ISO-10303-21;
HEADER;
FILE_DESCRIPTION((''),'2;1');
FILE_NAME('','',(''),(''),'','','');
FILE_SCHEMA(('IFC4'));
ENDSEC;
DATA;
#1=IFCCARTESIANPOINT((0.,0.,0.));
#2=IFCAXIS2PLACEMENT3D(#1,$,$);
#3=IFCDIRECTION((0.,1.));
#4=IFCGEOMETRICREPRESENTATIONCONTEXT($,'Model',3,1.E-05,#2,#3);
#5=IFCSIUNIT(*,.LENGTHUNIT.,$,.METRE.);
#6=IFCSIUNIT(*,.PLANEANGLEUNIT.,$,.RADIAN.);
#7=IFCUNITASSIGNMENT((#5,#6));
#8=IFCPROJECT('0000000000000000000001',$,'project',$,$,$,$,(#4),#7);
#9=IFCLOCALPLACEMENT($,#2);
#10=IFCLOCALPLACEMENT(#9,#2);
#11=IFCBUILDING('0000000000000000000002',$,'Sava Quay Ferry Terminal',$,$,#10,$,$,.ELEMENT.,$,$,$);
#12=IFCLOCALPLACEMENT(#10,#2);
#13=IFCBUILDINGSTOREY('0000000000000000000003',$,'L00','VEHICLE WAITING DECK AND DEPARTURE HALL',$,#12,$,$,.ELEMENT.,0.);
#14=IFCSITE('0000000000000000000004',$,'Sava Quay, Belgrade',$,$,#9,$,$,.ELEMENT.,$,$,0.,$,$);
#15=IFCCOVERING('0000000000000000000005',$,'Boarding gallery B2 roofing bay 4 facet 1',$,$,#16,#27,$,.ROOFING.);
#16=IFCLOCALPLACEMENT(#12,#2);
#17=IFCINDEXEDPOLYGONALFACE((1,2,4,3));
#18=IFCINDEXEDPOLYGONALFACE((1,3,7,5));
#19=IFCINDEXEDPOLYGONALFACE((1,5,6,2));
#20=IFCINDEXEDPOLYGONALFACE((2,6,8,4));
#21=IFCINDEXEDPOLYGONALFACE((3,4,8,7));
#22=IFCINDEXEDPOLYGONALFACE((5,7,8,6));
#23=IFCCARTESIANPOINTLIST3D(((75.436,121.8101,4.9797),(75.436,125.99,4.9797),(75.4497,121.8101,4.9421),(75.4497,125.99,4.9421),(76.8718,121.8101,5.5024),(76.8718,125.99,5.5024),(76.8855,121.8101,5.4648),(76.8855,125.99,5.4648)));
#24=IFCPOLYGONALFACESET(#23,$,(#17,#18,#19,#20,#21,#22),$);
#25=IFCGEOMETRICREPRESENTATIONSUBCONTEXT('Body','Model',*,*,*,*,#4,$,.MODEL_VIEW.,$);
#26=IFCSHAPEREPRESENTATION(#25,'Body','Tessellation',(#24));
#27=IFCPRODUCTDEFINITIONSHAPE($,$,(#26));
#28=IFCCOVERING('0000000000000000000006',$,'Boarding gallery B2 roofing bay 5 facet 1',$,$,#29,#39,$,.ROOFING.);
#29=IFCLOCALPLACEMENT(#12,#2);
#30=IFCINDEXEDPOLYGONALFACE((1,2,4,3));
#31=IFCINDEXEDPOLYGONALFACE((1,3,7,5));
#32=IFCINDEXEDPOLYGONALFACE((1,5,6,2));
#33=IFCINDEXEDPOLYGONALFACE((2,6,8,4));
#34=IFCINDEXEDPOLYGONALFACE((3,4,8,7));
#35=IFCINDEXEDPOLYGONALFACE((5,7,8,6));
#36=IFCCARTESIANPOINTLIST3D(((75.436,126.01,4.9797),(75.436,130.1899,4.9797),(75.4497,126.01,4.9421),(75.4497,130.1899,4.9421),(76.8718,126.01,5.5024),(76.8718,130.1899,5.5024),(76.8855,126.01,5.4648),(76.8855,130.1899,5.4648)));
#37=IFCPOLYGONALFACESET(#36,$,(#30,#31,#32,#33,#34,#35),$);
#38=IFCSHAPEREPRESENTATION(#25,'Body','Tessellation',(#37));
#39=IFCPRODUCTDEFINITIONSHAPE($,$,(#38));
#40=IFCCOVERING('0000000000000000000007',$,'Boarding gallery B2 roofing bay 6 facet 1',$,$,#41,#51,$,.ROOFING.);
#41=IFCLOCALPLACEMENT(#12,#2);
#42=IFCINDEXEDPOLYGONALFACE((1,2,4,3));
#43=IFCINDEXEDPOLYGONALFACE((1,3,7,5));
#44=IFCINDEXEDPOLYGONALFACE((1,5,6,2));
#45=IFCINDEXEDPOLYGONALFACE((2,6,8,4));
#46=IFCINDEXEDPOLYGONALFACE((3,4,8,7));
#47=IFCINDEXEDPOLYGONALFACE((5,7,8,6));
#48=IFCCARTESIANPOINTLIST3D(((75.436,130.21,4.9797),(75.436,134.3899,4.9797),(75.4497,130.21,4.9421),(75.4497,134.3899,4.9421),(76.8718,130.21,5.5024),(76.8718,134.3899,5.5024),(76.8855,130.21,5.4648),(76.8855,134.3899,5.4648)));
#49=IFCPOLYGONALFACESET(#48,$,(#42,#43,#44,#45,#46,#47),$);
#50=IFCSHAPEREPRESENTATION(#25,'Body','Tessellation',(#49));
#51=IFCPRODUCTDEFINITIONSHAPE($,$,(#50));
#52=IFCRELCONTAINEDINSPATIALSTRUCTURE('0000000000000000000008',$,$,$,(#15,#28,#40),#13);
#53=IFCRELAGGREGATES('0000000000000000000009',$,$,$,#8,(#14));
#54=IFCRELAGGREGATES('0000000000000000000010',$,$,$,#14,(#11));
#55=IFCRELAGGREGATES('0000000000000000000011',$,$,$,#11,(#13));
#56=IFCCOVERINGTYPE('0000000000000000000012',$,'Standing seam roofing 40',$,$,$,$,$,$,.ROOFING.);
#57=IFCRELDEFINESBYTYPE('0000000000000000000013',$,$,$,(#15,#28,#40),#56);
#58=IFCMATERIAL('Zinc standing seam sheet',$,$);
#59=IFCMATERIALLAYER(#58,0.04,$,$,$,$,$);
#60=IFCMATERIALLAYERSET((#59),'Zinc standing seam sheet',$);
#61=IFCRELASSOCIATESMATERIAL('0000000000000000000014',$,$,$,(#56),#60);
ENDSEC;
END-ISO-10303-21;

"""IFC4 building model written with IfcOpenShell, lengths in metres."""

from ifc_helpers import new_model, si_unit, direction, frame, origin, place, context, subcontext, project, spatial, polyline, outline, extrude, material, layer, layer_set, type_object, element, save


model = new_model("IFC4")

# Units and contexts
model_context = context("Model", 3, precision=1e-05, world=origin(), true_north=direction((0.0, 1.0)))
body_context = subcontext(model_context, "Body", "Model", "MODEL_VIEW")
ifc_project = project(units=[si_unit("LENGTHUNIT", "METRE"), si_unit("PLANEANGLEUNIT", "RADIAN")], contexts=[model_context])

# Site, building, storey
site_placement = place(None, origin())
site = spatial("IfcSite", under=ifc_project, at=site_placement, Name="Sava Quay, Belgrade", CompositionType="ELEMENT", RefElevation=0.0)
building_placement = place(site_placement, origin())
building = spatial("IfcBuilding", under=site, at=building_placement, Name="Sava Quay Ferry Terminal", CompositionType="ELEMENT")
storey_placement = place(building_placement, origin())
storey = spatial("IfcBuildingStorey", under=building, at=storey_placement, Name="L00", Description="VEHICLE WAITING DECK AND DEPARTURE HALL", CompositionType="ELEMENT", Elevation=0.0)

# Coverings
ifc_material_1 = material(Name="Zinc standing seam sheet")
ifc_layer_1 = layer(ifc_material_1, 0.04)
ifc_layer_set_1 = layer_set([ifc_layer_1], Name="Zinc standing seam sheet")
covering_type = type_object("IfcCoveringType", Name="Standing seam roofing 40", PredefinedType="ROOFING", material=ifc_layer_set_1)
for number, where, z_axis, x_axis, name in (
    (1, (75.436, 121.8101, 4.9797), (-0.342089, 0.0, 0.939667), (0.939667, 0.0, 0.342089), "Boarding gallery B2 roofing bay 4 facet 1"),
    (2, (75.436, 126.01, 4.9797), (-0.342089, 0.0, 0.939667), (0.939667, 0.0, 0.342089), "Boarding gallery B2 roofing bay 5 facet 1"),
    (3, (75.436, 130.21, 4.9797), (-0.342089, 0.0, 0.939667), (0.939667, 0.0, 0.342089), "Boarding gallery B2 roofing bay 6 facet 1"),
):
    element("IfcCovering", number, at=place(storey_placement, frame(where, z_axis=z_axis, x_axis=x_axis)), inside=storey, type_object=covering_type, Name=name, PredefinedType="ROOFING", context=body_context, shape_type="SweptSolid", body=[
        extrude(outline(polyline([(0.0, 0.0), (1.528, 0.0), (1.528, 4.1799), (0.0, 4.1799), (0.0, 0.0)])), origin(), (0.0, 0.0, -1.0), 0.04),
    ])

save(model, "model.ifc")
